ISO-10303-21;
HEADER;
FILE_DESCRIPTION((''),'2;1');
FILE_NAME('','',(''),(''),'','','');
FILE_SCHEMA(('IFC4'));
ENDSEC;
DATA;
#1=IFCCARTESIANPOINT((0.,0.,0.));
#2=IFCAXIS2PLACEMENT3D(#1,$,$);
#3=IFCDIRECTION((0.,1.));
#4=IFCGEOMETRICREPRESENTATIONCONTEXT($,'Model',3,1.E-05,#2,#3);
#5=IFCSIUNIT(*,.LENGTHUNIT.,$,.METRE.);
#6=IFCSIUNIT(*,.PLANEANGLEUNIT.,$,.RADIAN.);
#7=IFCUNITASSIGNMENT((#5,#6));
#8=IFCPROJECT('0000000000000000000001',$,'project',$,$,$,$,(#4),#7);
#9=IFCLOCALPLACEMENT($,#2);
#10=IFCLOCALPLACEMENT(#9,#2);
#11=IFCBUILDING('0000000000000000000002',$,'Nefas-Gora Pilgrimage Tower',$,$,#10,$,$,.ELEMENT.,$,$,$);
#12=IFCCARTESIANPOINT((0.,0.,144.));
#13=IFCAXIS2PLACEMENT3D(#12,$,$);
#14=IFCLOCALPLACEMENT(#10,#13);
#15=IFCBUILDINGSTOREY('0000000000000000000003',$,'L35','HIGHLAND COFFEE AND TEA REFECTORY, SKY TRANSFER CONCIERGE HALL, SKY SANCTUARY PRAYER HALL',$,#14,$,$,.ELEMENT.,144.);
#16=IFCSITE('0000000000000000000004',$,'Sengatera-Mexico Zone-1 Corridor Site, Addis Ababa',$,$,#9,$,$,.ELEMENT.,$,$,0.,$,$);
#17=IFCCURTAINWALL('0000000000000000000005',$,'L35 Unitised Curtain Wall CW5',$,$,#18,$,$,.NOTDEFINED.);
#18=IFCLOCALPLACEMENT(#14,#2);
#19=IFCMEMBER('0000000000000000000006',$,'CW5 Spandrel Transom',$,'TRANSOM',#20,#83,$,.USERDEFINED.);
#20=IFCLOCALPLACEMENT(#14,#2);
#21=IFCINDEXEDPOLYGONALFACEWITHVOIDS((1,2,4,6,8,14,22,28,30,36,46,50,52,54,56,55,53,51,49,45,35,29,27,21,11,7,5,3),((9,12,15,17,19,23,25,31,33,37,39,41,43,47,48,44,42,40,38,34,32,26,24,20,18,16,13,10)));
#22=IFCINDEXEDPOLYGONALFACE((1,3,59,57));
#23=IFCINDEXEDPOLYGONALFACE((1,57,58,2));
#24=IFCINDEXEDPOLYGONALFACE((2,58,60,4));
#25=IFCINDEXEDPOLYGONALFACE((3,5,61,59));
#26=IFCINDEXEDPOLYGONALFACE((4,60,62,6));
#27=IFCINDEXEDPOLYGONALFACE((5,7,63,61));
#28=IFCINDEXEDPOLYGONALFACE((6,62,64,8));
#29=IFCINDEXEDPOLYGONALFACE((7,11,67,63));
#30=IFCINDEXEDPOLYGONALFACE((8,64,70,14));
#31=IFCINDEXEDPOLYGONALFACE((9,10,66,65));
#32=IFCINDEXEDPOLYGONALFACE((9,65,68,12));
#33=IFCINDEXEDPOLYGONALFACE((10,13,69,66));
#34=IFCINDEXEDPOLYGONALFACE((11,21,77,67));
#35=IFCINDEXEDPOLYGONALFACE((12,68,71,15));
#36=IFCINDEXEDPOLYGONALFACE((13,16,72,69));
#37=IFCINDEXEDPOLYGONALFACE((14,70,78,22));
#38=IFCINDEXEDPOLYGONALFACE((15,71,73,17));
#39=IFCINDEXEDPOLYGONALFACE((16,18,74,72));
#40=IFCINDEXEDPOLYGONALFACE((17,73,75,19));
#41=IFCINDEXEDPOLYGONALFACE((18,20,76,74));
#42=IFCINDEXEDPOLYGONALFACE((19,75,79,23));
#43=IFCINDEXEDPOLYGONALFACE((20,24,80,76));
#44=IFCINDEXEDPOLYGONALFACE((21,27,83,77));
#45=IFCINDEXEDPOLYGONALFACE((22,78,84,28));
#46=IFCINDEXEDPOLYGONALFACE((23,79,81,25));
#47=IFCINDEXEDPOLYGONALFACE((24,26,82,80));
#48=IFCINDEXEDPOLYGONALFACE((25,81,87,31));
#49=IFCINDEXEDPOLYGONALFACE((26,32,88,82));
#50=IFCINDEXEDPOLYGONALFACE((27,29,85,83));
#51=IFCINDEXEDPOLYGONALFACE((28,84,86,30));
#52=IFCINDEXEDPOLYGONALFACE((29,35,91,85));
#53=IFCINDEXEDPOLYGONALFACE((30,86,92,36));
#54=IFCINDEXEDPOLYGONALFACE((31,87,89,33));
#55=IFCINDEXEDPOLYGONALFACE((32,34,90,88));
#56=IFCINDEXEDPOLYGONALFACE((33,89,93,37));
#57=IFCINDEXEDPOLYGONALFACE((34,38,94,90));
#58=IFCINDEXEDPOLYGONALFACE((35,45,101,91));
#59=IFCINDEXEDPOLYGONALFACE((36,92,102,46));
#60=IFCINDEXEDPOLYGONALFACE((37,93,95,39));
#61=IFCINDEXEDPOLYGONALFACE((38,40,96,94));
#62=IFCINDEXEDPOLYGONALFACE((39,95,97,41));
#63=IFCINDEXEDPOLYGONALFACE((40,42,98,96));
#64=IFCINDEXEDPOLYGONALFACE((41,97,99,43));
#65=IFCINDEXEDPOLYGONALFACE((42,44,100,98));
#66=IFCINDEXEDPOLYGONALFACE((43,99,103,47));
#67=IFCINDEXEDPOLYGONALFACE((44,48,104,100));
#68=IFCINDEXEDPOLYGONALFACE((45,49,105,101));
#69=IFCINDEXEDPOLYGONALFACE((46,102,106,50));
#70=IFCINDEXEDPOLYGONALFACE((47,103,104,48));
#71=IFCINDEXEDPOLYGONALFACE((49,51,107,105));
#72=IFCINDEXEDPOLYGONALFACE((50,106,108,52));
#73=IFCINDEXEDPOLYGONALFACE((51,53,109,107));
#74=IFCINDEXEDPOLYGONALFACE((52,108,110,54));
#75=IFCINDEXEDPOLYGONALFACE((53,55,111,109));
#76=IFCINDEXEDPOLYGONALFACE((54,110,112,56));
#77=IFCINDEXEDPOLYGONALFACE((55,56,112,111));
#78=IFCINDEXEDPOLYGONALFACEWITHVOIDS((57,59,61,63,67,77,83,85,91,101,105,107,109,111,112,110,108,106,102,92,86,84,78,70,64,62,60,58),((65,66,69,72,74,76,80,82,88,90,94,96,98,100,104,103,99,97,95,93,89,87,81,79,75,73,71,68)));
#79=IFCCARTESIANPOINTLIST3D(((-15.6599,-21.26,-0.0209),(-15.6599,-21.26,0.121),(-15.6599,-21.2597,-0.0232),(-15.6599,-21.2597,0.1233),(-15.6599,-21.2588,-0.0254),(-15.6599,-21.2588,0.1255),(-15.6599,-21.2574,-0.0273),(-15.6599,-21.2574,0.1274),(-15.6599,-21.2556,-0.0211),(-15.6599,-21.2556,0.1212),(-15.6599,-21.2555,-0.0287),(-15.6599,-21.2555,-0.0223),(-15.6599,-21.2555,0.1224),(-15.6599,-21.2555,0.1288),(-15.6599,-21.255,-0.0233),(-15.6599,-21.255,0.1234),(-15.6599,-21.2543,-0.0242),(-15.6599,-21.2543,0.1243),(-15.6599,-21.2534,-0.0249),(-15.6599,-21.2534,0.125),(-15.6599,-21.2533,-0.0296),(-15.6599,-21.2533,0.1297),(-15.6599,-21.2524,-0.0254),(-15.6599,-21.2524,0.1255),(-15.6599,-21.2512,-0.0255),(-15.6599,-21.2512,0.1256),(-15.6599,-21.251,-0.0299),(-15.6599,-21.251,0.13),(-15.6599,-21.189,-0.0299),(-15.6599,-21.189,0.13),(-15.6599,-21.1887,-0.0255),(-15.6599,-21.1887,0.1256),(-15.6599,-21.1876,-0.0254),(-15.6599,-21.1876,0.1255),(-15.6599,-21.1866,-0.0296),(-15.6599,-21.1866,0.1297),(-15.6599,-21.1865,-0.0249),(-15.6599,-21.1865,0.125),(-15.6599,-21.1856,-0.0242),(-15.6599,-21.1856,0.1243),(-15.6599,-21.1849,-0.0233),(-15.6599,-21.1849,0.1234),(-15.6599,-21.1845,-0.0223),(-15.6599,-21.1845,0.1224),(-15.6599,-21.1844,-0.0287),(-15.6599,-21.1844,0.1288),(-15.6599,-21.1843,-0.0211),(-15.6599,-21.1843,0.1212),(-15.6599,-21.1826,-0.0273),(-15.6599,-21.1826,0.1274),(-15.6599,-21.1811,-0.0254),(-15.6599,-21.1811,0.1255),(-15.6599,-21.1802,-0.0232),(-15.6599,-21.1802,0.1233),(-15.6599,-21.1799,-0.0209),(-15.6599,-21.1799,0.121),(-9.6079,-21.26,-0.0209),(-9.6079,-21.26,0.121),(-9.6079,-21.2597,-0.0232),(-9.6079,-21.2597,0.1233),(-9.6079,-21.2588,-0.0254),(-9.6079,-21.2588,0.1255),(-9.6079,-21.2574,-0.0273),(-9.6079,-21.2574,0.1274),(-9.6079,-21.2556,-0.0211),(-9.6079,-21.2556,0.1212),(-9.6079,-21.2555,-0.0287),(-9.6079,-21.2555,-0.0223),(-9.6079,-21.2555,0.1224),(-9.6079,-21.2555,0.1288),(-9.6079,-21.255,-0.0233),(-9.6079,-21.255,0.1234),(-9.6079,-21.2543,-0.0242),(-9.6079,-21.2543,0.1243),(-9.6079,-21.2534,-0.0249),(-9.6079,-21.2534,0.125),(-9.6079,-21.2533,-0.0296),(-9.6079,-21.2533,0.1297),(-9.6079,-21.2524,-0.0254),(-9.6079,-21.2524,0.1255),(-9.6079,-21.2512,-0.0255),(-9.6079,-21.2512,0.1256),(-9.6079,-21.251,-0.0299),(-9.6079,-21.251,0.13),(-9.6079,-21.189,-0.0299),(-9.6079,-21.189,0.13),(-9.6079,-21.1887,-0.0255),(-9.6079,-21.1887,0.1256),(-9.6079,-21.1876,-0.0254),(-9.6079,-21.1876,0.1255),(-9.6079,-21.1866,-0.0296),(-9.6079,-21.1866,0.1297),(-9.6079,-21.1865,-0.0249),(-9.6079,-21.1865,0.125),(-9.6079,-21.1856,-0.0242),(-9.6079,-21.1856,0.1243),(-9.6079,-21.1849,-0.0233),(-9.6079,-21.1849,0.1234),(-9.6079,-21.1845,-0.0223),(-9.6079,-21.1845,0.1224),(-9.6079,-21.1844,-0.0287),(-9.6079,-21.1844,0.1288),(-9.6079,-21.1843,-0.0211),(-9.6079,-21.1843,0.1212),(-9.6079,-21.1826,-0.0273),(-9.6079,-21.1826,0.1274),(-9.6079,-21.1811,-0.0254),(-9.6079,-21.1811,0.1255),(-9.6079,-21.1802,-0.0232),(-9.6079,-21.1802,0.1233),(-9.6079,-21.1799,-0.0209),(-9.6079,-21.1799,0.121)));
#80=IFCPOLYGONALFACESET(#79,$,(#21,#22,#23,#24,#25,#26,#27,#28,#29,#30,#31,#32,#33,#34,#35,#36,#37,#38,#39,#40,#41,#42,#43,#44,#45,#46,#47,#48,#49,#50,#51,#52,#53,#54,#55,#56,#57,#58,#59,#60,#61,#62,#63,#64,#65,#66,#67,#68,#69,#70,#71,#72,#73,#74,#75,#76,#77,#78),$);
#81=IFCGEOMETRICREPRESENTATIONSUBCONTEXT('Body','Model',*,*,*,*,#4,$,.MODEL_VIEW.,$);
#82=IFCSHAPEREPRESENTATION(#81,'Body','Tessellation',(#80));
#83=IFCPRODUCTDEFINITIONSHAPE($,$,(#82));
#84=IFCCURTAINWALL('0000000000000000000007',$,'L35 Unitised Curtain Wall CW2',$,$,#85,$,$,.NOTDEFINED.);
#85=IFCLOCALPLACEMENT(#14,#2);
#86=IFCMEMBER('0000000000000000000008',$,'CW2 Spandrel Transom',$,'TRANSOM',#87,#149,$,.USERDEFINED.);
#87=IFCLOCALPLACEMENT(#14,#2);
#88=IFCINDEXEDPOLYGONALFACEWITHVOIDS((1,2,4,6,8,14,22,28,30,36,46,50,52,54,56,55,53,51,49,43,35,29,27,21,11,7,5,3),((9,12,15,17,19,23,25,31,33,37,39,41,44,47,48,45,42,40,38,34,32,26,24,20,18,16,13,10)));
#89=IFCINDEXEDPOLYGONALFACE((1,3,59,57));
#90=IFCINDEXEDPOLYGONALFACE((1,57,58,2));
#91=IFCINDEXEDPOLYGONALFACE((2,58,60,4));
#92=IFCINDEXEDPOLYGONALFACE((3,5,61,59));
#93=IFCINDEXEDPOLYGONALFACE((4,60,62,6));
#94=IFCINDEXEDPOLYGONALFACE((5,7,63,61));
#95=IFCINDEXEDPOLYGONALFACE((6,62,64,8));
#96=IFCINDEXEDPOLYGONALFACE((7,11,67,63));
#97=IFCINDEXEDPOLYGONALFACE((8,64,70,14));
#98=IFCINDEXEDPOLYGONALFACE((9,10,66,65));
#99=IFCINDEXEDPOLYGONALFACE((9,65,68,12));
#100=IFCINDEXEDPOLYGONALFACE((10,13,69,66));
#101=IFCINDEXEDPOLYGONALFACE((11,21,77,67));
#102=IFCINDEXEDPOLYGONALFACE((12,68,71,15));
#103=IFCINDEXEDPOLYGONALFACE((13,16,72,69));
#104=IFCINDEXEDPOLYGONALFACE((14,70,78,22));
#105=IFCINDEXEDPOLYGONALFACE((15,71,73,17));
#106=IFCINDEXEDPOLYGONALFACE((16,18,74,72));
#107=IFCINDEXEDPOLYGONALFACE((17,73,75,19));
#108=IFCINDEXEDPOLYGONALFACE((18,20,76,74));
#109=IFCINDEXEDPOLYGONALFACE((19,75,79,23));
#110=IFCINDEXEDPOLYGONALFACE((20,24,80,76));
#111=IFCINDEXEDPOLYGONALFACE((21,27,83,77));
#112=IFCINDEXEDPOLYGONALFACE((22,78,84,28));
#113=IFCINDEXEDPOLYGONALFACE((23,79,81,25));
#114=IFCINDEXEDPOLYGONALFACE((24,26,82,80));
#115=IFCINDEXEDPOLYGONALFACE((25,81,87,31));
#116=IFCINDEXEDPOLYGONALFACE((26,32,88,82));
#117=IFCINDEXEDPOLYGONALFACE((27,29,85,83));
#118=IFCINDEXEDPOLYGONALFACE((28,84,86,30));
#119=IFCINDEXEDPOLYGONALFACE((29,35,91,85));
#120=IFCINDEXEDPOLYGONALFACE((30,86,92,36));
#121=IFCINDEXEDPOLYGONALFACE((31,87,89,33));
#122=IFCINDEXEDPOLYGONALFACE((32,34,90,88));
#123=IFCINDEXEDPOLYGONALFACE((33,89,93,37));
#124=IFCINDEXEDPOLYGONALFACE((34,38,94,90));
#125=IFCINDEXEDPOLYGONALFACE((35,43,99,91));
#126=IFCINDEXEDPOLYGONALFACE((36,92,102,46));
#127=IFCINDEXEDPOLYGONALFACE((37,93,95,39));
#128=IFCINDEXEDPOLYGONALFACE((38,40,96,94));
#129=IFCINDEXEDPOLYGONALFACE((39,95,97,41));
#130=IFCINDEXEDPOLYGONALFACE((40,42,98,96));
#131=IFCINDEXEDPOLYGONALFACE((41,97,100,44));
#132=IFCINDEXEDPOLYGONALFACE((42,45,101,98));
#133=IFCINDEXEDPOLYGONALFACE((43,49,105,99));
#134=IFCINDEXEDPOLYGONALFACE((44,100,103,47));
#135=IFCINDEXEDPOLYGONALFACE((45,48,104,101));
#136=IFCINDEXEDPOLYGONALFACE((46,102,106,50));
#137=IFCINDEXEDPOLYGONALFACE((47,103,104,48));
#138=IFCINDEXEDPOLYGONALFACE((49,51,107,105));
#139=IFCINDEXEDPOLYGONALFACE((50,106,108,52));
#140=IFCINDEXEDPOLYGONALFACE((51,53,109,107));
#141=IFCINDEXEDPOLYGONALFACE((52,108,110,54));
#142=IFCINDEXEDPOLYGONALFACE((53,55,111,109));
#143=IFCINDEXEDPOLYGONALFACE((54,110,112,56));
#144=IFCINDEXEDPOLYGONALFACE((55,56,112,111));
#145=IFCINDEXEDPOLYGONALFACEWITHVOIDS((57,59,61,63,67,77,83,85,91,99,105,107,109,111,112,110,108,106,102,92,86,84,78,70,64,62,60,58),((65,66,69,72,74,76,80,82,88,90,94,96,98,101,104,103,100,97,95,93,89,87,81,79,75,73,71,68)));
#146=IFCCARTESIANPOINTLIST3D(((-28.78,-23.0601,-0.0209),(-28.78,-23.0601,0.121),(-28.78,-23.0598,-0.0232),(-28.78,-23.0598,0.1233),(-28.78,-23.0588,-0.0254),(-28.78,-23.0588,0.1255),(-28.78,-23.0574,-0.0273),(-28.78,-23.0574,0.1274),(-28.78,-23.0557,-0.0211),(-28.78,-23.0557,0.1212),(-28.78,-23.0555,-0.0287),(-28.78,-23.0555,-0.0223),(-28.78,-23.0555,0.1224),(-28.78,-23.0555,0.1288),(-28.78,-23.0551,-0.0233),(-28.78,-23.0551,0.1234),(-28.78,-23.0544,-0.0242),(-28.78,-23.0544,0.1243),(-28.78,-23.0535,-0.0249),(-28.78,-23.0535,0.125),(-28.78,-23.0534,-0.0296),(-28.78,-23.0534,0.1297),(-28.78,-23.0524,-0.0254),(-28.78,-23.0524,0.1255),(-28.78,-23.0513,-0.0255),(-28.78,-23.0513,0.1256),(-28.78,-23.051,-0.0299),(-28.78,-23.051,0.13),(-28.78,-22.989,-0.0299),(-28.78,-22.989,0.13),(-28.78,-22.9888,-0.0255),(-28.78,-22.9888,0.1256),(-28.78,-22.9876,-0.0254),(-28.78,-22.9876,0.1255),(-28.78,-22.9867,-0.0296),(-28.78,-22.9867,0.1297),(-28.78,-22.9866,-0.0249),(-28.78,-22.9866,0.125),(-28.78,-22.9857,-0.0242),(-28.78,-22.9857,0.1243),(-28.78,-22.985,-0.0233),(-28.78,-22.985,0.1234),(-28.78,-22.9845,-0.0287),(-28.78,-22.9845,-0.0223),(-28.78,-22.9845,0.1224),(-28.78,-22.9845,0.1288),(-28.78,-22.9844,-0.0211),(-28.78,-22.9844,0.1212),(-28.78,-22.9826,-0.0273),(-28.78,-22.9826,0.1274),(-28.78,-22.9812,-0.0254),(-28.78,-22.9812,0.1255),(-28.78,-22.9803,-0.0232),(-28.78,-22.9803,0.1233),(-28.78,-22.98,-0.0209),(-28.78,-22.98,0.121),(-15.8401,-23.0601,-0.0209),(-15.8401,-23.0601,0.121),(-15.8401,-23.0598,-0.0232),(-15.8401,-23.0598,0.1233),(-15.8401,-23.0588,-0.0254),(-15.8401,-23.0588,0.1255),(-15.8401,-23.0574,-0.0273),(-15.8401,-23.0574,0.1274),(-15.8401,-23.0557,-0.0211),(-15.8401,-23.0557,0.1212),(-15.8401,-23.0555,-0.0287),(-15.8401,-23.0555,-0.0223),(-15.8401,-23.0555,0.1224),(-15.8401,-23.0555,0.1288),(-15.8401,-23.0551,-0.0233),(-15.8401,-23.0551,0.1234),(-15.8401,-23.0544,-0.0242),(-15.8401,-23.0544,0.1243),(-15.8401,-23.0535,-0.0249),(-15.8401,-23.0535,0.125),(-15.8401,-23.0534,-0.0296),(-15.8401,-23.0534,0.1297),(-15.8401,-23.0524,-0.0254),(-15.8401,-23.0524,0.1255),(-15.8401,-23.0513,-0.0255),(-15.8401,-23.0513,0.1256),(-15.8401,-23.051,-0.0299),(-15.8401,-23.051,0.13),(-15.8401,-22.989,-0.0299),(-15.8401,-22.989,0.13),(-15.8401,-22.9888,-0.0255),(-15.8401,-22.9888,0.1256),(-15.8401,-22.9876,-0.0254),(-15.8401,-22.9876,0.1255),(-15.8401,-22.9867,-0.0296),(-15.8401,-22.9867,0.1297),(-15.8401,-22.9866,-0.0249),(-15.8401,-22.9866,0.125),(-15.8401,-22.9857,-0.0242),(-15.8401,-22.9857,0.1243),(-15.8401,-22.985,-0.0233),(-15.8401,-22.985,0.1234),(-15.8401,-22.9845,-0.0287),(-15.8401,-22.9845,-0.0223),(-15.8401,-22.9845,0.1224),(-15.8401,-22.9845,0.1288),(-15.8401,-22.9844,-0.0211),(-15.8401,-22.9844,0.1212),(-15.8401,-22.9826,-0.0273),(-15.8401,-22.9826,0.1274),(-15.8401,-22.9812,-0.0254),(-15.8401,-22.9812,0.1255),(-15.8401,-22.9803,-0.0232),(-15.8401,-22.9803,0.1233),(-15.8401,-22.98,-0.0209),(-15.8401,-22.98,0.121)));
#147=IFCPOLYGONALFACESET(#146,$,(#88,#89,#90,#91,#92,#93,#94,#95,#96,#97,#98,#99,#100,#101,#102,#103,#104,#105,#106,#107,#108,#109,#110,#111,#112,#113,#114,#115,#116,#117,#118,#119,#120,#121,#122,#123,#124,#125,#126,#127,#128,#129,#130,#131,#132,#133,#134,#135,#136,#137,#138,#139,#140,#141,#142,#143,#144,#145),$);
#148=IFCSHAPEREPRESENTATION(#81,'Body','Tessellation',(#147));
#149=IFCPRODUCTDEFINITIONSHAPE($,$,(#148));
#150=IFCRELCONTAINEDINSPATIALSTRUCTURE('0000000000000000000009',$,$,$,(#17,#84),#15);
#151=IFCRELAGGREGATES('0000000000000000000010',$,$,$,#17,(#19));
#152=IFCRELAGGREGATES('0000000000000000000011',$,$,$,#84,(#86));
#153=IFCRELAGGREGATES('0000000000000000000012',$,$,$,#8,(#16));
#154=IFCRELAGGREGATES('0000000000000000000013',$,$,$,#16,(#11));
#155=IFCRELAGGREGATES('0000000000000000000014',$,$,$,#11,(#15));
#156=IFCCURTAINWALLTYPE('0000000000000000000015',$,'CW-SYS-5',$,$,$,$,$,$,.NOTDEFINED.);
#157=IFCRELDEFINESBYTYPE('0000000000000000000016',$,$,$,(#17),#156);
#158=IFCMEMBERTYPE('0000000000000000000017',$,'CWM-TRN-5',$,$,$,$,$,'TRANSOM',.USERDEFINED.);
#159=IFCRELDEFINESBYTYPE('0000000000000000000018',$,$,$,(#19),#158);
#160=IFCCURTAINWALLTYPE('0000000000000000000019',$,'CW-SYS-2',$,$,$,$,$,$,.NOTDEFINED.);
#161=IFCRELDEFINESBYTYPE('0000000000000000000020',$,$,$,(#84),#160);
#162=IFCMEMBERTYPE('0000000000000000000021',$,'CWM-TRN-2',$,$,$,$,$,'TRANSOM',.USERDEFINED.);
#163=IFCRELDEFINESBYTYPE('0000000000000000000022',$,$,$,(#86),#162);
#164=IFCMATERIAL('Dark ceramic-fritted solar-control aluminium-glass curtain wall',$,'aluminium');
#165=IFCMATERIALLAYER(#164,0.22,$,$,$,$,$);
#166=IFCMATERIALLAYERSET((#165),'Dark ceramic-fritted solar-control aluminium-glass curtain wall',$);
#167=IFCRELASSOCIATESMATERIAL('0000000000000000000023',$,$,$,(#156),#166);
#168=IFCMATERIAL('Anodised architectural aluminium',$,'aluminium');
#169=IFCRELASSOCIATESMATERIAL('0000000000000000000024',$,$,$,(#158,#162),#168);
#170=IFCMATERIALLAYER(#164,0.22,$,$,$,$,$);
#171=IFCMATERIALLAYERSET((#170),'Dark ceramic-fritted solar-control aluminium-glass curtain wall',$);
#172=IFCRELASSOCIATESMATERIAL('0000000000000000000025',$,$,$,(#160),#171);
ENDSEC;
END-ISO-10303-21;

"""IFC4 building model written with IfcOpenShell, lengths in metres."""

from ifc_helpers import new_model, si_unit, direction, frame, origin, origin_2d, place, context, subcontext, project, spatial, hollow_rectangle, extrude, source, transform, mapped, material, layer, layer_set, material_profile, profile_set, type_object, element, aggregate, save


model = new_model("IFC4")

# Units and contexts
model_context = context("Model", 3, precision=1e-05, world=origin(), true_north=direction((0.0, 1.0)))
body_context = subcontext(model_context, "Body", "Model", "MODEL_VIEW")
ifc_project = project(units=[si_unit("LENGTHUNIT", "METRE"), si_unit("PLANEANGLEUNIT", "RADIAN")], contexts=[model_context])

# Site, building, storey
site_placement = place(None, origin())
site = spatial("IfcSite", under=ifc_project, at=site_placement, Name="Sengatera-Mexico Zone-1 Corridor Site, Addis Ababa", CompositionType="ELEMENT", RefElevation=0.0)
building_placement = place(site_placement, origin())
building = spatial("IfcBuilding", under=site, at=building_placement, Name="Nefas-Gora Pilgrimage Tower", CompositionType="ELEMENT")
storey_placement = place(building_placement, frame((0.0, 0.0, 144.0)))
storey = spatial("IfcBuildingStorey", under=building, at=storey_placement, Name="L35", Description="HIGHLAND COFFEE AND TEA REFECTORY, SKY TRANSFER CONCIERGE HALL, SKY SANCTUARY PRAYER HALL", CompositionType="ELEMENT", Elevation=144.0)

# Curtain walls, members
ifc_material_1 = material(Name="Dark ceramic-fritted solar-control aluminium-glass curtain wall", Category="aluminium")
ifc_layer_1 = layer(ifc_material_1, 0.22)
ifc_layer_set_1 = layer_set([ifc_layer_1], Name="Dark ceramic-fritted solar-control aluminium-glass curtain wall")
curtain_wall_type_1 = type_object("IfcCurtainWallType", Name="CW-SYS-5", PredefinedType="NOTDEFINED", material=ifc_layer_set_1)
curtain_wall_1_placement = place(storey_placement, origin())
curtain_wall_1 = element("IfcCurtainWall", 1, at=curtain_wall_1_placement, inside=storey, type_object=curtain_wall_type_1, Name="L35 Unitised Curtain Wall CW5", PredefinedType="NOTDEFINED")
ifc_material_2 = material(Name="Anodised architectural aluminium", Category="aluminium")
ifc_material_profile_1 = material_profile(ifc_material_2, hollow_rectangle(XDim=0.0801, YDim=0.1599, WallThickness=0.0044, InnerFilletRadius=0.0044, OuterFilletRadius=0.009, at=origin_2d()), Name="ALU TRANSOM 80x160")
ifc_profile_set_1 = profile_set([ifc_material_profile_1], Name="Anodised architectural aluminium")
member_type_1 = type_object("IfcMemberType", Name="CWM-TRN-5", ElementType="TRANSOM", PredefinedType="USERDEFINED", material=ifc_profile_set_1)
shared_shape_1 = source(origin(), body_context, "Body", "SweptSolid", [
    extrude(hollow_rectangle(XDim=0.0801, YDim=0.1599, WallThickness=0.0044, InnerFilletRadius=0.0044, OuterFilletRadius=0.009, at=origin_2d()), origin(), (0.0, 0.0, 1.0), 6.052),
])
member_1_placement = place(storey_placement, frame((-15.6599, -21.22, 0.05), z_axis=(1.0, 0.0, 0.0), x_axis=(0.0, 1.0, 0.0)))
member_1 = element("IfcMember", 2, at=member_1_placement, type_object=member_type_1, Name="CW5 Spandrel Transom", ObjectType="TRANSOM", PredefinedType="USERDEFINED", context=body_context, shape_type="MappedRepresentation", body=[
    mapped(shared_shape_1, transform((0.0, 0.0, 0.0), x_axis=(1.0, 0.0, 0.0), y_axis=(0.0, 1.0, 0.0), z_axis=(0.0, 0.0, 1.0), scale=1.0)),
])
ifc_layer_2 = layer(ifc_material_1, 0.22)
ifc_layer_set_2 = layer_set([ifc_layer_2], Name="Dark ceramic-fritted solar-control aluminium-glass curtain wall")
curtain_wall_type_2 = type_object("IfcCurtainWallType", Name="CW-SYS-2", PredefinedType="NOTDEFINED", material=ifc_layer_set_2)
curtain_wall_2_placement = place(storey_placement, origin())
curtain_wall_2 = element("IfcCurtainWall", 3, at=curtain_wall_2_placement, inside=storey, type_object=curtain_wall_type_2, Name="L35 Unitised Curtain Wall CW2", PredefinedType="NOTDEFINED")
ifc_material_profile_2 = material_profile(ifc_material_2, hollow_rectangle(XDim=0.0801, YDim=0.1599, WallThickness=0.0044, InnerFilletRadius=0.0044, OuterFilletRadius=0.009, at=origin_2d()), Name="ALU TRANSOM 80x160")
ifc_profile_set_2 = profile_set([ifc_material_profile_2], Name="Anodised architectural aluminium")
member_type_2 = type_object("IfcMemberType", Name="CWM-TRN-2", ElementType="TRANSOM", PredefinedType="USERDEFINED", material=ifc_profile_set_2)
shared_shape_2 = source(origin(), body_context, "Body", "SweptSolid", [
    extrude(hollow_rectangle(XDim=0.0801, YDim=0.1599, WallThickness=0.0044, InnerFilletRadius=0.0044, OuterFilletRadius=0.009, at=origin_2d()), origin(), (0.0, 0.0, 1.0), 12.9399),
])
member_2_placement = place(storey_placement, frame((-28.78, -23.02, 0.05), z_axis=(1.0, 0.0, 0.0), x_axis=(0.0, 1.0, 0.0)))
member_2 = element("IfcMember", 4, at=member_2_placement, type_object=member_type_2, Name="CW2 Spandrel Transom", ObjectType="TRANSOM", PredefinedType="USERDEFINED", context=body_context, shape_type="MappedRepresentation", body=[
    mapped(shared_shape_2, transform((0.0, 0.0, 0.0), x_axis=(1.0, 0.0, 0.0), y_axis=(0.0, 1.0, 0.0), z_axis=(0.0, 0.0, 1.0), scale=1.0)),
])

aggregate(curtain_wall_1, [member_1])
aggregate(curtain_wall_2, [member_2])

save(model, "model.ifc")
